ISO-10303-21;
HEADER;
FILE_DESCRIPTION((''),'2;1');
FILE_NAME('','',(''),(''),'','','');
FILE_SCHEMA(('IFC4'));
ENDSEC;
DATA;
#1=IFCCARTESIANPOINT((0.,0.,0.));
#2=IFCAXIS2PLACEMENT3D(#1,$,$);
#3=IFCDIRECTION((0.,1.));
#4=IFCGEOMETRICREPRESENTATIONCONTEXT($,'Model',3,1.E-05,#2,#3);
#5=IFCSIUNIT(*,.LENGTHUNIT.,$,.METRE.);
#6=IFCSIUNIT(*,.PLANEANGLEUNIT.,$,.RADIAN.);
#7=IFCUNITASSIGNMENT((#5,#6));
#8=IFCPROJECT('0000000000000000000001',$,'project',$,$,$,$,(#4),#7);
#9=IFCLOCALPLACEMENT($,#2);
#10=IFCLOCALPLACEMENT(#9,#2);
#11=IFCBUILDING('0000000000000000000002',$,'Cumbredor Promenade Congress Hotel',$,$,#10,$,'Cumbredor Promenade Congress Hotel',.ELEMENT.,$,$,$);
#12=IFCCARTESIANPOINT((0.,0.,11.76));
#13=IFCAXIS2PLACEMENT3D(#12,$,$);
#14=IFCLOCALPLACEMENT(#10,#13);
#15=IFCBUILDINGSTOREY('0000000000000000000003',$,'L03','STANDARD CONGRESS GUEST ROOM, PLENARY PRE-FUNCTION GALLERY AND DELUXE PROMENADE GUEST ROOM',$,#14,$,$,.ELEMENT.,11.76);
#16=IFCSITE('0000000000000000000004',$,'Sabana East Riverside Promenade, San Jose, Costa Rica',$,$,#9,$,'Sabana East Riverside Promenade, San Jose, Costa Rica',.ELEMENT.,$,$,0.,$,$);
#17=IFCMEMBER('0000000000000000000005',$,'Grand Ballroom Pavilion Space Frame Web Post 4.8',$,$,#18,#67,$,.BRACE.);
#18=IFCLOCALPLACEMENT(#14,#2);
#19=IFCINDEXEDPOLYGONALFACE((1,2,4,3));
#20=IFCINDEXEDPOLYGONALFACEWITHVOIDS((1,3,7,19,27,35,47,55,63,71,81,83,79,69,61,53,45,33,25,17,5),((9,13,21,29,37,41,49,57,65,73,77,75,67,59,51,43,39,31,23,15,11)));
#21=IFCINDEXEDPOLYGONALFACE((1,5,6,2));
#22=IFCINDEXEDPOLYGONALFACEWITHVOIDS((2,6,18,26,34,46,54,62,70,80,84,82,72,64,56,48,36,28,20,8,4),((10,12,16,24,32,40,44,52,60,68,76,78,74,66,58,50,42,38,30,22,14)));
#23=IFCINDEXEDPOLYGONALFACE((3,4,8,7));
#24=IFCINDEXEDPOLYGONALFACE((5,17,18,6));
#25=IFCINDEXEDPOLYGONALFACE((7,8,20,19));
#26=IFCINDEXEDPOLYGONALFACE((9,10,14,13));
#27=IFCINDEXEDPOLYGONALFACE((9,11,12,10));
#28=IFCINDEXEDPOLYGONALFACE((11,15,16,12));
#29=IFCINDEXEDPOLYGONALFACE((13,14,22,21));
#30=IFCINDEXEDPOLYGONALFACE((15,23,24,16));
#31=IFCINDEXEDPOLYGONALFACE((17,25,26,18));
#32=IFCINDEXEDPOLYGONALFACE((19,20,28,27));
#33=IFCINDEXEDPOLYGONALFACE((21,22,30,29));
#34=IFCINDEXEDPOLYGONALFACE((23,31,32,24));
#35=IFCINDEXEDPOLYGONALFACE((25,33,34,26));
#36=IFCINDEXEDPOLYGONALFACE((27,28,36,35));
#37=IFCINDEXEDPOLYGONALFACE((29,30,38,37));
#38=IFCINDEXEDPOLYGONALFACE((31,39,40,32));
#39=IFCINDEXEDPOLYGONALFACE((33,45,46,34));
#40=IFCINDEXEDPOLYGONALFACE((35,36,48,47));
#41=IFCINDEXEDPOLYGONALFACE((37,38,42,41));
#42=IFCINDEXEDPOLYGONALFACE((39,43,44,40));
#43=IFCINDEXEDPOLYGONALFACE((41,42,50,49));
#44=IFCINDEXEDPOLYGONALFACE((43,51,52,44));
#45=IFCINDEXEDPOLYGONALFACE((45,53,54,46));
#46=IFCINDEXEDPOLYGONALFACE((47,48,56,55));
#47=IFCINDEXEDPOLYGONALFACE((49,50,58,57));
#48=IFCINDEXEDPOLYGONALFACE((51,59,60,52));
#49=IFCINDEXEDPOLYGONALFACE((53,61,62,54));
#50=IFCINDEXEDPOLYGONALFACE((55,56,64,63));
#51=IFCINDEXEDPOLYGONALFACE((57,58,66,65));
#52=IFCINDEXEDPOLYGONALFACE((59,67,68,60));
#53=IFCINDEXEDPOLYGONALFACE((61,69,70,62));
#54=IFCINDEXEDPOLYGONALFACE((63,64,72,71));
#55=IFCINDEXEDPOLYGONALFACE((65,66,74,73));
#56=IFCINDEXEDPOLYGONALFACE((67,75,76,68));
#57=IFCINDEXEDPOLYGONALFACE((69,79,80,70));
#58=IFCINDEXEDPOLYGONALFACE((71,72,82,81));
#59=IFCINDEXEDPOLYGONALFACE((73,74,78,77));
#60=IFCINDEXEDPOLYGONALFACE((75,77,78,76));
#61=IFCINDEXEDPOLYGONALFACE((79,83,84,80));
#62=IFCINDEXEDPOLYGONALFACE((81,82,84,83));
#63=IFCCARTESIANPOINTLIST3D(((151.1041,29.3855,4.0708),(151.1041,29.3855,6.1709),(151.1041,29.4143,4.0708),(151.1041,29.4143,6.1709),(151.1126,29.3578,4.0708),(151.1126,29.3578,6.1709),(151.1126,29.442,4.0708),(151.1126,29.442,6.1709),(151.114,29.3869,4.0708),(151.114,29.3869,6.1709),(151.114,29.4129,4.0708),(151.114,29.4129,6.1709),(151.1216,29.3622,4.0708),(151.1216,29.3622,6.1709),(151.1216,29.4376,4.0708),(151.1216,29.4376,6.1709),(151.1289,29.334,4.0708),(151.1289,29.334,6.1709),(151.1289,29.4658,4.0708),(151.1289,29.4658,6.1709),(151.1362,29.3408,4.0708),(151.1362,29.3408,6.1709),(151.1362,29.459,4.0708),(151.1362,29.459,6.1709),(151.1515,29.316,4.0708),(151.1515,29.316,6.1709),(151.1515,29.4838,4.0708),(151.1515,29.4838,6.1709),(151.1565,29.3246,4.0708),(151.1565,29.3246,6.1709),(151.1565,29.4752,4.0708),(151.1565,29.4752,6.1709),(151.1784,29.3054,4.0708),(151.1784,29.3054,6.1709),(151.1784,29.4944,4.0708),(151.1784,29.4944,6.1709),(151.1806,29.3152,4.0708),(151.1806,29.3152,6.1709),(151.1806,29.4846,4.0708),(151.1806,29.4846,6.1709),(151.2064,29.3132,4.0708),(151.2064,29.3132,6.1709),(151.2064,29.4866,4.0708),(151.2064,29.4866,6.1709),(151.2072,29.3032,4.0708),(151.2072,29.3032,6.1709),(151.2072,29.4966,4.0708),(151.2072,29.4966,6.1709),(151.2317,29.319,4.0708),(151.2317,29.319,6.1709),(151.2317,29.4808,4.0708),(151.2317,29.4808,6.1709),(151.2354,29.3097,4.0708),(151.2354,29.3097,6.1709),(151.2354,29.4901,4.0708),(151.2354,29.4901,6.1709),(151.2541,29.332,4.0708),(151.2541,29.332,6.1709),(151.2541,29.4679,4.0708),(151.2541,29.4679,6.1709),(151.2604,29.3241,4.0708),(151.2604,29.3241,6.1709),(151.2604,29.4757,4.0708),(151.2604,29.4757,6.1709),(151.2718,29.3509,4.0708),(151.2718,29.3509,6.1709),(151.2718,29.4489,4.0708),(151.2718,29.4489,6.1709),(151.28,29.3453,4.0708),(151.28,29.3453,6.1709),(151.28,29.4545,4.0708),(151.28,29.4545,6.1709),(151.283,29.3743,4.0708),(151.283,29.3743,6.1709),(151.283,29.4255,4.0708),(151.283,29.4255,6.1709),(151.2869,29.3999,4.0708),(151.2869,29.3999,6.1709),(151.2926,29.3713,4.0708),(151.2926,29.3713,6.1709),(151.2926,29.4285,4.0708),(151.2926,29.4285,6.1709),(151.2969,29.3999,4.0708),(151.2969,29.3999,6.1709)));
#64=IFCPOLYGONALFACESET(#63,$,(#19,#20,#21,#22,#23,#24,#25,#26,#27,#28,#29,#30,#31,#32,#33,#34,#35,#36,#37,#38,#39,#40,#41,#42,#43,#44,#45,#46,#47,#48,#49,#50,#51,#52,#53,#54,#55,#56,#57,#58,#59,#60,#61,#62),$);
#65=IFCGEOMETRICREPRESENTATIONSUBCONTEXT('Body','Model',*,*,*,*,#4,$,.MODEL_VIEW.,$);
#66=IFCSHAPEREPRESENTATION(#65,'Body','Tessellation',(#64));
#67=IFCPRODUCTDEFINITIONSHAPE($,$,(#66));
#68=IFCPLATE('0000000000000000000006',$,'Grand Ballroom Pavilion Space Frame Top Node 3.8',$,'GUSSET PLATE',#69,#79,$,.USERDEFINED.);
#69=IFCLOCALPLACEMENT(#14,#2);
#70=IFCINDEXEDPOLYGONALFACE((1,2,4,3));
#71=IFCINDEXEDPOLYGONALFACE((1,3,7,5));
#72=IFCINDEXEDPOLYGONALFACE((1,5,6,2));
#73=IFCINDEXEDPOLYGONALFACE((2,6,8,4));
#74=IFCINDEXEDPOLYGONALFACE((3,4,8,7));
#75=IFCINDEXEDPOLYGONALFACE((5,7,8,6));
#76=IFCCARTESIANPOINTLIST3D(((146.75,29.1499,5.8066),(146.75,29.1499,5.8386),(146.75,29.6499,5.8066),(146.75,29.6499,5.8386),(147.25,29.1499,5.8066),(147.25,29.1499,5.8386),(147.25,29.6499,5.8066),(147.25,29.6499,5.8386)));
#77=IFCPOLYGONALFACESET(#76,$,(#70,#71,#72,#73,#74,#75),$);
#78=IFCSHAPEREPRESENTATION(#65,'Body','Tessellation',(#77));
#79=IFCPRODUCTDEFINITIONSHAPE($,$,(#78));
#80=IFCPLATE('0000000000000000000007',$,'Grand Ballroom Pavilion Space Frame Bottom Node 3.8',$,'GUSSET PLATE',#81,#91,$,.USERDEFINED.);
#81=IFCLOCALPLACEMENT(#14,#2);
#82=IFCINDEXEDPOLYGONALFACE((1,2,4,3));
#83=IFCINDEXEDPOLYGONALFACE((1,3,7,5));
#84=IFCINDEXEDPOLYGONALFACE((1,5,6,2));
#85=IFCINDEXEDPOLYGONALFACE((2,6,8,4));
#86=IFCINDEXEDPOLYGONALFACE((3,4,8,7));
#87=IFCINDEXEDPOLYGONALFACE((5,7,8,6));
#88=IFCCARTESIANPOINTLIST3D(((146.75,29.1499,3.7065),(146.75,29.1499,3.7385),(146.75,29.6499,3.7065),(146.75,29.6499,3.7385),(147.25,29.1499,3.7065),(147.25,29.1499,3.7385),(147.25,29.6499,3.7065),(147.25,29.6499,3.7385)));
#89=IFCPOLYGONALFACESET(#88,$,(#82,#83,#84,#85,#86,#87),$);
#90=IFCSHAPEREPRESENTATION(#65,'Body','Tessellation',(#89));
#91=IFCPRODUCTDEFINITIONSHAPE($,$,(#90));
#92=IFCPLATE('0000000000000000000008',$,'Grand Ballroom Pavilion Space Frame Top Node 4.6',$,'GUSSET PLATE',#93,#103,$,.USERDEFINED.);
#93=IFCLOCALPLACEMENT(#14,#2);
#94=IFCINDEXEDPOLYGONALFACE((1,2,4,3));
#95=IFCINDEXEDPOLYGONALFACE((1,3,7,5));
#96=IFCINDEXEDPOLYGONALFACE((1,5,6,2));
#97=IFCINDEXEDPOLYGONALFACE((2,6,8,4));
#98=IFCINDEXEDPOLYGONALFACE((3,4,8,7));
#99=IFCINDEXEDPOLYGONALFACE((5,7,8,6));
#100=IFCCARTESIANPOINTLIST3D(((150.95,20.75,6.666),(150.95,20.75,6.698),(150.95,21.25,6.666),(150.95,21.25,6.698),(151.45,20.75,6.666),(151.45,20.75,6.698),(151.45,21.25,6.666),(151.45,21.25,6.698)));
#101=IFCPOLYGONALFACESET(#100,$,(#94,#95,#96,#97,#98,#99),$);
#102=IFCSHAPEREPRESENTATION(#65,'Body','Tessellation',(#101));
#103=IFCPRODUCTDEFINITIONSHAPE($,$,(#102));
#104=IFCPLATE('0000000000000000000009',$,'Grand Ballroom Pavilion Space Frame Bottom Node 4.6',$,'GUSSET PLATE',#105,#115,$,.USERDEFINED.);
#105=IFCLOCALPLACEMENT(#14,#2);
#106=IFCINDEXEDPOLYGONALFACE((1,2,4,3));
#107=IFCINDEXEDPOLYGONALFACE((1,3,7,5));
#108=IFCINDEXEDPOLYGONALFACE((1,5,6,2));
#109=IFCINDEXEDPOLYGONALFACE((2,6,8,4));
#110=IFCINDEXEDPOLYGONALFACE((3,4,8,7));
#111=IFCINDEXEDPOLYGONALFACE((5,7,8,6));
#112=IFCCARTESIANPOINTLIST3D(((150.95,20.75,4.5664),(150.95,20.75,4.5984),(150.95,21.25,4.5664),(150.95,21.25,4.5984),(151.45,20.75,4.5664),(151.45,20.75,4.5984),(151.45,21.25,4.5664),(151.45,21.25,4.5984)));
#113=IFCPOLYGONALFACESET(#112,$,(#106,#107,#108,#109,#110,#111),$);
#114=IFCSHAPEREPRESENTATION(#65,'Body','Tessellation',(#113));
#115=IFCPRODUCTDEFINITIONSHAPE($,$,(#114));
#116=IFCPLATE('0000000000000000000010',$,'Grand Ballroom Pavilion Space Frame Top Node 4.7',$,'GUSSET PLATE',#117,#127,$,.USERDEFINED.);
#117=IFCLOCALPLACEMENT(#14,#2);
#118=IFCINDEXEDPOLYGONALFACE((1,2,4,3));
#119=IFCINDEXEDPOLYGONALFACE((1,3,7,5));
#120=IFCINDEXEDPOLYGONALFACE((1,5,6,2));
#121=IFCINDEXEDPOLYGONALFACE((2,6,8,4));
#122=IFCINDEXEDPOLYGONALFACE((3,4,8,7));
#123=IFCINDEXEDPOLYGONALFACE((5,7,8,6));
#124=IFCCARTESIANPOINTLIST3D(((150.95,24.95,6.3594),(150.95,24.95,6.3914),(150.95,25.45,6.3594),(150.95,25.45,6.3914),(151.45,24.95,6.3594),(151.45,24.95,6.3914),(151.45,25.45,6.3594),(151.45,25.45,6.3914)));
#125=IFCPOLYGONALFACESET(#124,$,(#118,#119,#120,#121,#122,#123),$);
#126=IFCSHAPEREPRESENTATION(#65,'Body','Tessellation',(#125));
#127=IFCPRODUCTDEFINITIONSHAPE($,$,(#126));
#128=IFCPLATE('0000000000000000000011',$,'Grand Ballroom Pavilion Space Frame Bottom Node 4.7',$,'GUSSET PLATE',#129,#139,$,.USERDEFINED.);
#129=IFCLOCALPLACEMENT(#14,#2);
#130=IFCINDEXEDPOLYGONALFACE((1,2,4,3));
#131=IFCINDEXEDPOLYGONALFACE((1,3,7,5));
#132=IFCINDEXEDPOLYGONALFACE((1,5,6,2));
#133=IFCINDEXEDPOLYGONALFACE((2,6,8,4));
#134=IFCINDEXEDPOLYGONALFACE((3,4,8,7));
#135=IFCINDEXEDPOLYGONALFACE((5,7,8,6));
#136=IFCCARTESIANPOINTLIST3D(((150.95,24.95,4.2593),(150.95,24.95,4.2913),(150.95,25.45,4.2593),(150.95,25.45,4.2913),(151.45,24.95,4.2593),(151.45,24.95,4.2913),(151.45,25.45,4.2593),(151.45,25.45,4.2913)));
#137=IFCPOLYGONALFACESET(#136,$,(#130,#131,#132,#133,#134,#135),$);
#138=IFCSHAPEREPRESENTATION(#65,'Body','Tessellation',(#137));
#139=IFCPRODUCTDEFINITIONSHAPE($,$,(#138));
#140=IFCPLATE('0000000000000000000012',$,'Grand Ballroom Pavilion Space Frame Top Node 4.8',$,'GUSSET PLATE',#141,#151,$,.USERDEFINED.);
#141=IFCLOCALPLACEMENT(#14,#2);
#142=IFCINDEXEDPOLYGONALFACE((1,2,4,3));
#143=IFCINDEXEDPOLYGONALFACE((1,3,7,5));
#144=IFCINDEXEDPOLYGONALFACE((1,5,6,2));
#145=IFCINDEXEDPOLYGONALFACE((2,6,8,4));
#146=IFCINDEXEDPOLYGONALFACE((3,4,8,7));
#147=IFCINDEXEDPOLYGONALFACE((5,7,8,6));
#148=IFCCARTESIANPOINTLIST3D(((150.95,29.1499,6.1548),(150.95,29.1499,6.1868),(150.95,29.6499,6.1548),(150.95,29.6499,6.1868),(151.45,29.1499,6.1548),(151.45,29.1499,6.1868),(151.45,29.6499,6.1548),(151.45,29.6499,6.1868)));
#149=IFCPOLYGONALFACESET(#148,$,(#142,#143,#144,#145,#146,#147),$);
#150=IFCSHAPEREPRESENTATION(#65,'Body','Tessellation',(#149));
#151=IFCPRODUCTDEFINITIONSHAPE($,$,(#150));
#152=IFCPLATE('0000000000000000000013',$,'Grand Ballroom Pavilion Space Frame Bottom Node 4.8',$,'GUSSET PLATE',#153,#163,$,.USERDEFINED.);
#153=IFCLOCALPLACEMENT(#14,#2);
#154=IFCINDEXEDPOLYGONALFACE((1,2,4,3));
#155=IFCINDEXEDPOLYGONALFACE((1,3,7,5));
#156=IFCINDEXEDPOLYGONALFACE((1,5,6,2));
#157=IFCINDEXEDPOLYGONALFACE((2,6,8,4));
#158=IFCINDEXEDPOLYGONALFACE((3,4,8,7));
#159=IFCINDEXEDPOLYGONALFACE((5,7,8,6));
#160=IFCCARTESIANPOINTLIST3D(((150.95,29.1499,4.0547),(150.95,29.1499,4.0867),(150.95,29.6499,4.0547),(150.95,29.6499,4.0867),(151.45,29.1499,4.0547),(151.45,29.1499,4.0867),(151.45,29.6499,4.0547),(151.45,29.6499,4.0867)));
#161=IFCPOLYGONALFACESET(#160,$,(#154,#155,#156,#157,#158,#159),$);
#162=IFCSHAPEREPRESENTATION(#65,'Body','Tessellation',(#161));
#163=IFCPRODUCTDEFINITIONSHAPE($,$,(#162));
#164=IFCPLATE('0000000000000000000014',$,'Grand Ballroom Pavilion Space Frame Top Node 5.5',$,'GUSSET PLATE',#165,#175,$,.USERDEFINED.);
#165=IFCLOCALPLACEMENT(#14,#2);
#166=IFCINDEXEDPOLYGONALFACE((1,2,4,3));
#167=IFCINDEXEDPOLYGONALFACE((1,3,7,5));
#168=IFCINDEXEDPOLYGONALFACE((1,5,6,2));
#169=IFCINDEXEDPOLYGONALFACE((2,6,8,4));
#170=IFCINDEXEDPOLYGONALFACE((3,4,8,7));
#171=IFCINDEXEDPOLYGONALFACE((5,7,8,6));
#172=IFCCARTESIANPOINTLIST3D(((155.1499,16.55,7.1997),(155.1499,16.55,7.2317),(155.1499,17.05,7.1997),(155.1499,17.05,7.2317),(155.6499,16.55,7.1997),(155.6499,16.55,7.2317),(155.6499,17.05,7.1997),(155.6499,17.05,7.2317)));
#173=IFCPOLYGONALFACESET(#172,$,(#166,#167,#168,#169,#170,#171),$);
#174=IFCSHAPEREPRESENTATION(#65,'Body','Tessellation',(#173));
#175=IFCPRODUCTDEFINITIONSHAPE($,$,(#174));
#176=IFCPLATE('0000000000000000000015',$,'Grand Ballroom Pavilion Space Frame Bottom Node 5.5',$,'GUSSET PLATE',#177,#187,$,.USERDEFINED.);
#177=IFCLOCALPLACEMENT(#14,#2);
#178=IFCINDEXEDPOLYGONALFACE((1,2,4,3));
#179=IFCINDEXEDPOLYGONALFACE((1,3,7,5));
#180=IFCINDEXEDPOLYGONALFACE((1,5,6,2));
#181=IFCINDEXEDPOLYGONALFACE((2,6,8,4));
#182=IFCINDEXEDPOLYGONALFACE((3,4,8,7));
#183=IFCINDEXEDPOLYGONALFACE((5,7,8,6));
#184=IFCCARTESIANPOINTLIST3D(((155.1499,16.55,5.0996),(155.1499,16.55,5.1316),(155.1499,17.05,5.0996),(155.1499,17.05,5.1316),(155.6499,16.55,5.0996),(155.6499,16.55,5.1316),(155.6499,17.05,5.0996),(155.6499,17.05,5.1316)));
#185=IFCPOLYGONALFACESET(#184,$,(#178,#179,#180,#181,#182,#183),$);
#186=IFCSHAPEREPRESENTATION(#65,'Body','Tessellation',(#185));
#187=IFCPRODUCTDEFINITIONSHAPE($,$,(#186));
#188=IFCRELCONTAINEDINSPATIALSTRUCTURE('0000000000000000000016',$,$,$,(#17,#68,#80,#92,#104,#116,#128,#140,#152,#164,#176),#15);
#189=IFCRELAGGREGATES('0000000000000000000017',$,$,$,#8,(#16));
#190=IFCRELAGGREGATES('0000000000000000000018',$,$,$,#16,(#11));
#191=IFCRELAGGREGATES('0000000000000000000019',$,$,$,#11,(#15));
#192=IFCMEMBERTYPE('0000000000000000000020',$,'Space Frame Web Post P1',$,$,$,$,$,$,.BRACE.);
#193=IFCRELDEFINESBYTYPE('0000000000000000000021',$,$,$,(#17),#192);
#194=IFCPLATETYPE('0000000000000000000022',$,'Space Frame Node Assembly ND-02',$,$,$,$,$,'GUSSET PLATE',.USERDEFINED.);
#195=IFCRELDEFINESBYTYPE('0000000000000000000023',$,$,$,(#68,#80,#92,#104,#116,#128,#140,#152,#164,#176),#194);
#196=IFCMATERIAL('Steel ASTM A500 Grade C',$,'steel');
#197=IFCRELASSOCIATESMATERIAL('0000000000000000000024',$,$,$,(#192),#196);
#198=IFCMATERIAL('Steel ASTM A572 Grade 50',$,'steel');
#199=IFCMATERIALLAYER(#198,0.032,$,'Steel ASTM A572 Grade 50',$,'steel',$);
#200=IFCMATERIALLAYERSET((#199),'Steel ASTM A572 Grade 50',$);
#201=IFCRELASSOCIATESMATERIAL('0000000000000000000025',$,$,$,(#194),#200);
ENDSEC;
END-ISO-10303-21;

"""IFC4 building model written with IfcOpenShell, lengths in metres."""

from ifc_helpers import new_model, si_unit, direction, frame, origin, origin_2d, place, context, subcontext, project, spatial, rectangle, hollow_circle, extrude, material, layer, layer_set, material_profile, profile_set, type_object, element, save


model = new_model("IFC4")

# Units and contexts
model_context = context("Model", 3, precision=1e-05, world=origin(), true_north=direction((0.0, 1.0)))
body_context = subcontext(model_context, "Body", "Model", "MODEL_VIEW")
ifc_project = project(units=[si_unit("LENGTHUNIT", "METRE"), si_unit("PLANEANGLEUNIT", "RADIAN")], contexts=[model_context])

# Site, building, storey
site_placement = place(None, origin())
site = spatial("IfcSite", under=ifc_project, at=site_placement, Name="Sabana East Riverside Promenade, San Jose, Costa Rica", LongName="Sabana East Riverside Promenade, San Jose, Costa Rica", CompositionType="ELEMENT", RefElevation=0.0)
building_placement = place(site_placement, origin())
building = spatial("IfcBuilding", under=site, at=building_placement, Name="Cumbredor Promenade Congress Hotel", LongName="Cumbredor Promenade Congress Hotel", CompositionType="ELEMENT")
storey_placement = place(building_placement, frame((0.0, 0.0, 11.76)))
storey = spatial("IfcBuildingStorey", under=building, at=storey_placement, Name="L03", Description="STANDARD CONGRESS GUEST ROOM, PLENARY PRE-FUNCTION GALLERY AND DELUXE PROMENADE GUEST ROOM", CompositionType="ELEMENT", Elevation=11.76)

# Member
ifc_material_1 = material(Name="Steel ASTM A500 Grade C", Category="steel")
ifc_material_profile_1 = material_profile(ifc_material_1, hollow_circle(Radius=0.0969, WallThickness=0.01, at=origin_2d()), Name="CHS 193.7x10")
ifc_profile_set_1 = profile_set([ifc_material_profile_1], Name="Steel ASTM A500 Grade C")
member_type_1 = type_object("IfcMemberType", Name="Space Frame Web Post P1", PredefinedType="BRACE", material=ifc_profile_set_1)
for number, where, z_axis, x_axis, name in (
    (1, (151.2, 29.3999, 4.0708), (0.0, 0.0, 1.0), (1.0, 0.0, 0.0), "Grand Ballroom Pavilion Space Frame Web Post 4.8"),
):
    element("IfcMember", number, at=place(storey_placement, frame(where, z_axis=z_axis, x_axis=x_axis)), inside=storey, type_object=member_type_1, Name=name, PredefinedType="BRACE", context=body_context, shape_type="SweptSolid", body=[
        extrude(hollow_circle(Radius=0.0969, WallThickness=0.01, at=origin_2d()), origin(), (0.0, 0.0, 1.0), 2.1001),
    ])

# Plates
ifc_material_2 = material(Name="Steel ASTM A572 Grade 50", Category="steel")
ifc_layer = layer(ifc_material_2, 0.032, Name="Steel ASTM A572 Grade 50", Category="steel")
ifc_layer_set = layer_set([ifc_layer], Name="Steel ASTM A572 Grade 50")
plate_type = type_object("IfcPlateType", Name="Space Frame Node Assembly ND-02", ElementType="GUSSET PLATE", PredefinedType="USERDEFINED", material=ifc_layer_set)
for number, where, z_axis, x_axis, name in (
    (2, (147.0, 29.3999, 5.8066), (0.0, 0.0, 1.0), (1.0, 0.0, 0.0), "Grand Ballroom Pavilion Space Frame Top Node 3.8"),
    (3, (147.0, 29.3999, 3.7065), (0.0, 0.0, 1.0), (1.0, 0.0, 0.0), "Grand Ballroom Pavilion Space Frame Bottom Node 3.8"),
    (4, (151.2, 21.0, 6.666), (0.0, 0.0, 1.0), (1.0, 0.0, 0.0), "Grand Ballroom Pavilion Space Frame Top Node 4.6"),
    (5, (151.2, 21.0, 4.5664), (0.0, 0.0, 1.0), (1.0, 0.0, 0.0), "Grand Ballroom Pavilion Space Frame Bottom Node 4.6"),
    (6, (151.2, 25.2, 6.3594), (0.0, 0.0, 1.0), (1.0, 0.0, 0.0), "Grand Ballroom Pavilion Space Frame Top Node 4.7"),
    (7, (151.2, 25.2, 4.2593), (0.0, 0.0, 1.0), (1.0, 0.0, 0.0), "Grand Ballroom Pavilion Space Frame Bottom Node 4.7"),
    (8, (151.2, 29.3999, 6.1548), (0.0, 0.0, 1.0), (1.0, 0.0, 0.0), "Grand Ballroom Pavilion Space Frame Top Node 4.8"),
    (9, (151.2, 29.3999, 4.0547), (0.0, 0.0, 1.0), (1.0, 0.0, 0.0), "Grand Ballroom Pavilion Space Frame Bottom Node 4.8"),
    (10, (155.3999, 16.8, 7.1997), (0.0, 0.0, 1.0), (1.0, 0.0, 0.0), "Grand Ballroom Pavilion Space Frame Top Node 5.5"),
    (11, (155.3999, 16.8, 5.0996), (0.0, 0.0, 1.0), (1.0, 0.0, 0.0), "Grand Ballroom Pavilion Space Frame Bottom Node 5.5"),
):
    element("IfcPlate", number, at=place(storey_placement, frame(where, z_axis=z_axis, x_axis=x_axis)), inside=storey, type_object=plate_type, Name=name, ObjectType="GUSSET PLATE", PredefinedType="USERDEFINED", context=body_context, shape_type="SweptSolid", body=[
        extrude(rectangle(XDim=0.5, YDim=0.5, at=origin_2d()), origin(), (0.0, 0.0, 1.0), 0.032),
    ])

save(model, "model.ifc")
